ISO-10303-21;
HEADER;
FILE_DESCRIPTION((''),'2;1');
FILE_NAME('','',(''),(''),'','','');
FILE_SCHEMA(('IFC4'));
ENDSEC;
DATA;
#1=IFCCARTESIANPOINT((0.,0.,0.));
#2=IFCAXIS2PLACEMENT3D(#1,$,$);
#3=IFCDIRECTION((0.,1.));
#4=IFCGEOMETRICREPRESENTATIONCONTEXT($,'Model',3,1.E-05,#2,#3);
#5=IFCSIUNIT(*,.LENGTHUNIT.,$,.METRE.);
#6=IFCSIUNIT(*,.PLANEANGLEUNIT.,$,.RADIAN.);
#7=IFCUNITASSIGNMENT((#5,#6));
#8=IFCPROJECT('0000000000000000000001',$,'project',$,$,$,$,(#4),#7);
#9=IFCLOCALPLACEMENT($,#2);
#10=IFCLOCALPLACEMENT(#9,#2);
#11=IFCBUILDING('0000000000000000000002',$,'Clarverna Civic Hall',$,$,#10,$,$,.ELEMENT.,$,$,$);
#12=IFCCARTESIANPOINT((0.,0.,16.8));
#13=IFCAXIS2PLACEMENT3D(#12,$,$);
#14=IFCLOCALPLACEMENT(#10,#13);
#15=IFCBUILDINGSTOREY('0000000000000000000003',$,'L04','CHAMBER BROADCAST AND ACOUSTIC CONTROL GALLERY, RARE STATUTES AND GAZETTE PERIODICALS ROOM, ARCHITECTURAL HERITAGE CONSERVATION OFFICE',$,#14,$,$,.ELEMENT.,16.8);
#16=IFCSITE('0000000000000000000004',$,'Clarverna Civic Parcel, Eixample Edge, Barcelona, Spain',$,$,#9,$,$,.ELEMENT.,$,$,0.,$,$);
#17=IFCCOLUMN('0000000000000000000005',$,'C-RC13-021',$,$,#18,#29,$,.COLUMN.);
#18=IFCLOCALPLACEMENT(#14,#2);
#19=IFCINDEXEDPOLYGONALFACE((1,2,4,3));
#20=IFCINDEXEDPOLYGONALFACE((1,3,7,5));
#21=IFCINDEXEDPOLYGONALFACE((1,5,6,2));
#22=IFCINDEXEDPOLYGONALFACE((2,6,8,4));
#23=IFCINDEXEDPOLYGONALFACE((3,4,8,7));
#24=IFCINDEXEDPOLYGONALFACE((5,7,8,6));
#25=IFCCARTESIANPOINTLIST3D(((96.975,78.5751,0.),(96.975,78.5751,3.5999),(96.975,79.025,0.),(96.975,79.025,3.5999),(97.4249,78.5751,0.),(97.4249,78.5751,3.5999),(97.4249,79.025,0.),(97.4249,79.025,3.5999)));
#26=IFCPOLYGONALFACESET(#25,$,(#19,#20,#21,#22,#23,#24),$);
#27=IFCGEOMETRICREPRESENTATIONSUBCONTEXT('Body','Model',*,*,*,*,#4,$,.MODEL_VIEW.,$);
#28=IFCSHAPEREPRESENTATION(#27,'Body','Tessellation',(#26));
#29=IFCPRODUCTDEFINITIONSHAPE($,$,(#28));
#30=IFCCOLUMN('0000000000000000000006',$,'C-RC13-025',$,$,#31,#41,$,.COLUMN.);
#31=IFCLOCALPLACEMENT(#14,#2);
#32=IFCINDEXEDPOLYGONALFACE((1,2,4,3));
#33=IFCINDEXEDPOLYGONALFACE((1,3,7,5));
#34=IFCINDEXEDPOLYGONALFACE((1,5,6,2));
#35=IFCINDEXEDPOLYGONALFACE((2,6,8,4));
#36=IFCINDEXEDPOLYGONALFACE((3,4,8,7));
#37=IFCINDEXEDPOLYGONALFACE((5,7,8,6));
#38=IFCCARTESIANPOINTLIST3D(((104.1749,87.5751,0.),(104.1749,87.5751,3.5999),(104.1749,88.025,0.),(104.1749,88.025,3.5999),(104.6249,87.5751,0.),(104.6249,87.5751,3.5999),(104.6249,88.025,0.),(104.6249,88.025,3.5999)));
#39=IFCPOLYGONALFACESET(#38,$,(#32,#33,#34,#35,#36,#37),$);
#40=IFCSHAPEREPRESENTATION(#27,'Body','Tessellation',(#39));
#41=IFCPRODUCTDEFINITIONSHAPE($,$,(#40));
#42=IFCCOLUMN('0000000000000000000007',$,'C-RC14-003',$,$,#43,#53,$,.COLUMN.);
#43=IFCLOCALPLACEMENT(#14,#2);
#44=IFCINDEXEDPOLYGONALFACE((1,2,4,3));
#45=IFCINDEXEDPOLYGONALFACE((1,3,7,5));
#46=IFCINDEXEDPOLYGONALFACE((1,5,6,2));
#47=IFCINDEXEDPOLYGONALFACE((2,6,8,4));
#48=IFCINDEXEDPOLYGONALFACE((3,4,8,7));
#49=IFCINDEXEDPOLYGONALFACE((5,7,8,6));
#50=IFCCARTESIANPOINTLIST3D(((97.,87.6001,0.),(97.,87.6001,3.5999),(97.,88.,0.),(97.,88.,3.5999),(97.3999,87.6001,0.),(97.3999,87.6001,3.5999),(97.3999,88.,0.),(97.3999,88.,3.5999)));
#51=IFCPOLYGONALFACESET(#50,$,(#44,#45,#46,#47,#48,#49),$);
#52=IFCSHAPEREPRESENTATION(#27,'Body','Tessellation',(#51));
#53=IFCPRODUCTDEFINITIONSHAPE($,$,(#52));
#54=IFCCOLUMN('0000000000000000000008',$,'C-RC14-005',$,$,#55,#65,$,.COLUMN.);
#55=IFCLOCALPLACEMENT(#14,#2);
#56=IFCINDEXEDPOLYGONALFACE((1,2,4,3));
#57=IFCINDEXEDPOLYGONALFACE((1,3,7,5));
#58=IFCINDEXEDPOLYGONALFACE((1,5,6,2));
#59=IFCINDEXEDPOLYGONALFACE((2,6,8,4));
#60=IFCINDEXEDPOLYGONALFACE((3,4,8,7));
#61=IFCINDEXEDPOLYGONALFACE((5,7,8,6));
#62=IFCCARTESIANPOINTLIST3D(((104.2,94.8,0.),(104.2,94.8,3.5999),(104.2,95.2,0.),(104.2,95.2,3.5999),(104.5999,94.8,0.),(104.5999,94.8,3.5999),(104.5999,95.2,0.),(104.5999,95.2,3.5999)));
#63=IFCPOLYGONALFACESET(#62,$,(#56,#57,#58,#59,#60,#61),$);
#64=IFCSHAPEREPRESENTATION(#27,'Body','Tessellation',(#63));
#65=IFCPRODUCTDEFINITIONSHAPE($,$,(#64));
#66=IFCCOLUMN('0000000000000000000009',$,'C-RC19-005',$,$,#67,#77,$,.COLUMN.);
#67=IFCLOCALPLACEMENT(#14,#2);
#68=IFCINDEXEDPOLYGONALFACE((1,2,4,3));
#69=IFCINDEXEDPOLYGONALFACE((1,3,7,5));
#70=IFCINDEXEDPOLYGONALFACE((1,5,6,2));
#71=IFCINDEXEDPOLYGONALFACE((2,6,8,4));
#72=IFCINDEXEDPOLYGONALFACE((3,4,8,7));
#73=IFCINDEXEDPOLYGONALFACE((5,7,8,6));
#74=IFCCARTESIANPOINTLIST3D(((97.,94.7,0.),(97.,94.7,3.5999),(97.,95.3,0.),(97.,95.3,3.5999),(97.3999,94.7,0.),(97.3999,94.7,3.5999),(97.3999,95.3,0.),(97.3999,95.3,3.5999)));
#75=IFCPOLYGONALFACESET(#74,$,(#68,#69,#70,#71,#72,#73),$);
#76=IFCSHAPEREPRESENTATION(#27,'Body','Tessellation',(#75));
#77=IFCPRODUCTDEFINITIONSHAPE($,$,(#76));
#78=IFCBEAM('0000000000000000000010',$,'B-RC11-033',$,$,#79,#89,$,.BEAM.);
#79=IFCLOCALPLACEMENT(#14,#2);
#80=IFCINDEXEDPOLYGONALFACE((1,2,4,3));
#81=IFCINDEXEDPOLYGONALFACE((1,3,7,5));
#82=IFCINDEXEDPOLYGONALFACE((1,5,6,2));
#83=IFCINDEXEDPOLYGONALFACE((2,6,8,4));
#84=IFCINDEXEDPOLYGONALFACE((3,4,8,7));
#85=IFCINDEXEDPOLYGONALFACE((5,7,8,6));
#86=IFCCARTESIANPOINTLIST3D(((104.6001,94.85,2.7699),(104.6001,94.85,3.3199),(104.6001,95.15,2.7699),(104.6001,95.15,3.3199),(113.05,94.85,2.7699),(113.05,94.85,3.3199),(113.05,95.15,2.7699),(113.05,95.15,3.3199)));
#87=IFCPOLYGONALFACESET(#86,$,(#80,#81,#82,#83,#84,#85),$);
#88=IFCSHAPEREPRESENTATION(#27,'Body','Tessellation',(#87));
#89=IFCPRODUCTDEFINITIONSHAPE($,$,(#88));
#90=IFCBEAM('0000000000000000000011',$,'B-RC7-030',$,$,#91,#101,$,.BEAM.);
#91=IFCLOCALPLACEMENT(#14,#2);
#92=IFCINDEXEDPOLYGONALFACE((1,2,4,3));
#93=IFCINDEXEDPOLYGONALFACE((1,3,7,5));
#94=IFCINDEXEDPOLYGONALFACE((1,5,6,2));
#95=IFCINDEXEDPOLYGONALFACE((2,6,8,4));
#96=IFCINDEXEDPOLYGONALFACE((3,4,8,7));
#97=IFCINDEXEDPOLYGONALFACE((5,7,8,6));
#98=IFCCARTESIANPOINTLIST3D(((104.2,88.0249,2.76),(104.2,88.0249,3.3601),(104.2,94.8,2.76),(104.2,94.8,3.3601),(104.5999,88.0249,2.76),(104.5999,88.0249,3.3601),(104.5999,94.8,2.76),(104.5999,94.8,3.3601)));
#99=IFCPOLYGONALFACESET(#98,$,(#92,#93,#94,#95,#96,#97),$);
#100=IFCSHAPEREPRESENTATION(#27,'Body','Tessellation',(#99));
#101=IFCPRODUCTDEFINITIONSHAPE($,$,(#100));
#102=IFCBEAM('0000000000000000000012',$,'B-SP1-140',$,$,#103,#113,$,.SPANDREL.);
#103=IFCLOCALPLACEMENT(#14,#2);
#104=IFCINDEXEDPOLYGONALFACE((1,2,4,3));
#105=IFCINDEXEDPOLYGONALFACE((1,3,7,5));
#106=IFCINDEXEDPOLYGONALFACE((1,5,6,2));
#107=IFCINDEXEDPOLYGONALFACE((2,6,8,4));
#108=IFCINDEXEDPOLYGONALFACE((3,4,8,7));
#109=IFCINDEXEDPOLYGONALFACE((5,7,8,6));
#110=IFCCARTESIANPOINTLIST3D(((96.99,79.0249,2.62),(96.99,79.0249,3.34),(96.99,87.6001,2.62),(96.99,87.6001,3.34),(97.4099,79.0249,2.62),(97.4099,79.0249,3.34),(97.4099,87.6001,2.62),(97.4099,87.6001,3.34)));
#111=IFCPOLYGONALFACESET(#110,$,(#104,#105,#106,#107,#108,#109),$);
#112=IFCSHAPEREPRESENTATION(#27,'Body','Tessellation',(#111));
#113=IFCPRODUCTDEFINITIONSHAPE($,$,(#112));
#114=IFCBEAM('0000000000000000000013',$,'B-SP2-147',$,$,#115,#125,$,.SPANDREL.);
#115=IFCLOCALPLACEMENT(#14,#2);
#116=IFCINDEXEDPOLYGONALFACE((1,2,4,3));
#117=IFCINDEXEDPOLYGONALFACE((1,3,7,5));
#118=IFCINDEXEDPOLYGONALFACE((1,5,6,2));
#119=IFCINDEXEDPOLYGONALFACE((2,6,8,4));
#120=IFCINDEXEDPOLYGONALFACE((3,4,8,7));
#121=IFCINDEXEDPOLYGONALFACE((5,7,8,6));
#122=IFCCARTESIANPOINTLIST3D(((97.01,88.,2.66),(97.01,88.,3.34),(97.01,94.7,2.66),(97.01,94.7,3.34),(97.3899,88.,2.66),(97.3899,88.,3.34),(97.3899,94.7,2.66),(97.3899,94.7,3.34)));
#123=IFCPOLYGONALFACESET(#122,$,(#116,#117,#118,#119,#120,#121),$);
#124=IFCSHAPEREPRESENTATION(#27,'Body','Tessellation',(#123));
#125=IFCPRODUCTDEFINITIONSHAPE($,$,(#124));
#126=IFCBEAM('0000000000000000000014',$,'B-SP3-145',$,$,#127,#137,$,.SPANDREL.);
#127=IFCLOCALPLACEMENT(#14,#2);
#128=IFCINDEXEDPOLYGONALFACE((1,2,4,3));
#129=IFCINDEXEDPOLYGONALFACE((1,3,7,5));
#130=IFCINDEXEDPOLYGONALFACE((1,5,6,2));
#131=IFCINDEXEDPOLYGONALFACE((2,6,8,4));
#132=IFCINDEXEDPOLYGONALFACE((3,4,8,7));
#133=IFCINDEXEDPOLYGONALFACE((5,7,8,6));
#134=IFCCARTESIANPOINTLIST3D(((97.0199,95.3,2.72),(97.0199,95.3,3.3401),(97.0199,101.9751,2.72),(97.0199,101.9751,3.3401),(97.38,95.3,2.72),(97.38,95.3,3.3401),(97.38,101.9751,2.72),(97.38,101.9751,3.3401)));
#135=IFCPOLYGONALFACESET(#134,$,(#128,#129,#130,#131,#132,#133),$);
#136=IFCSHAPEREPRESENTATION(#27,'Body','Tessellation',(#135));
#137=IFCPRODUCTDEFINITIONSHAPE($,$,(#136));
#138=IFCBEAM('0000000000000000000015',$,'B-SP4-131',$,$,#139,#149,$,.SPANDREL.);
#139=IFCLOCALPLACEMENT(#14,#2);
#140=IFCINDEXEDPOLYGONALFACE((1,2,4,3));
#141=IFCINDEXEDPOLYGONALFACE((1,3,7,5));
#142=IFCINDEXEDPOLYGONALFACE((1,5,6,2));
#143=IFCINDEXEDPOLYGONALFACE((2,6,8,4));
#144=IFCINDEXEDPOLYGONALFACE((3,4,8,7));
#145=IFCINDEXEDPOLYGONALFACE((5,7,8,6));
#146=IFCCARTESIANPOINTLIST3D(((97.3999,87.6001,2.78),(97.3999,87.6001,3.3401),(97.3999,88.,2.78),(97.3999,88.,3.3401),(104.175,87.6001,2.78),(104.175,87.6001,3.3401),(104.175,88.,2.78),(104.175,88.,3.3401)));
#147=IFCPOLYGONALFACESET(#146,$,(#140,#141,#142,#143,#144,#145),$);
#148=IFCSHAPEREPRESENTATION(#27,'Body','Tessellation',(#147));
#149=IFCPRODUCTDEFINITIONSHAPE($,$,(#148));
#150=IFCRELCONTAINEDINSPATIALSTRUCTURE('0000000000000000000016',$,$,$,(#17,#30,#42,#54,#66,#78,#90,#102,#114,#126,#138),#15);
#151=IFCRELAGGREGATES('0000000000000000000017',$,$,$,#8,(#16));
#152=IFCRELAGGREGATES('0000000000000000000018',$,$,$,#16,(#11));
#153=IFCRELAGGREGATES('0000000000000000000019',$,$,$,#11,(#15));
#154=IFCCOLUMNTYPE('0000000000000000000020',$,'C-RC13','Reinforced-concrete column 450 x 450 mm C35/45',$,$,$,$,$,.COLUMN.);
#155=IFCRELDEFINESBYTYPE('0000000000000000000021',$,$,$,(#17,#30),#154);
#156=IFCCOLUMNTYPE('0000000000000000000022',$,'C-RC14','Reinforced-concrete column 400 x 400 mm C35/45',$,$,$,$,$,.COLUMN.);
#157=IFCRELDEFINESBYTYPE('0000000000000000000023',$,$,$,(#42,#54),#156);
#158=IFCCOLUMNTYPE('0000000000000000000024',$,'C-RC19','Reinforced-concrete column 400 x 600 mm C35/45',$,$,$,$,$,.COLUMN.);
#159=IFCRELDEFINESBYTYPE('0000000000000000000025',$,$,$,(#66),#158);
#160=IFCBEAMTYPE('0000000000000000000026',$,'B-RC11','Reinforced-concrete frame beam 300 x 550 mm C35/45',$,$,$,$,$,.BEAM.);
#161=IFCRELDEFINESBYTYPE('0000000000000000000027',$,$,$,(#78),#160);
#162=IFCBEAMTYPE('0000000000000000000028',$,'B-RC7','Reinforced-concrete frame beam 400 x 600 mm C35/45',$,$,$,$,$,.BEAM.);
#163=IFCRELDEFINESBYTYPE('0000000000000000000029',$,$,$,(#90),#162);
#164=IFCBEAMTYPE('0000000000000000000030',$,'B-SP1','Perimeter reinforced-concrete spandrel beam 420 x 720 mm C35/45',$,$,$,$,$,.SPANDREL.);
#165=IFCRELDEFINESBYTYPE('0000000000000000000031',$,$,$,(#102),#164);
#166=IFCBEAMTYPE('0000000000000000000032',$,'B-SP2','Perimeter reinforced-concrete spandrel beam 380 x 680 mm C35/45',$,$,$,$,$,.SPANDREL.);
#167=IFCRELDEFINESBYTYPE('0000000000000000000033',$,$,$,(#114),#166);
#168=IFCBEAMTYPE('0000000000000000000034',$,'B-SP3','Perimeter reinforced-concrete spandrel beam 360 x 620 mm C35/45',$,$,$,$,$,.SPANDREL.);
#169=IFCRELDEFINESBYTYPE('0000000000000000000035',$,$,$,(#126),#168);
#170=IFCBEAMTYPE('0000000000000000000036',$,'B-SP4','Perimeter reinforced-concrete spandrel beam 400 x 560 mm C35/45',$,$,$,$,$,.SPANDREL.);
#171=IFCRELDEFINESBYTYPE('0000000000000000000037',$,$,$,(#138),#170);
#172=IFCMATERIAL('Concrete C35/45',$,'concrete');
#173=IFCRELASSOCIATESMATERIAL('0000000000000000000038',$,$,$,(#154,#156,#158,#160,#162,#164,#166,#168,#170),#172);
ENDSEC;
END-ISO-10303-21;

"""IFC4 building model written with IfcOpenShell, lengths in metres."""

from ifc_helpers import new_model, si_unit, direction, frame, origin, origin_2d, place, context, subcontext, project, spatial, rectangle, extrude, material, material_profile, profile_set, type_object, element, save


model = new_model("IFC4")

# Units and contexts
model_context = context("Model", 3, precision=1e-05, world=origin(), true_north=direction((0.0, 1.0)))
body_context = subcontext(model_context, "Body", "Model", "MODEL_VIEW")
ifc_project = project(units=[si_unit("LENGTHUNIT", "METRE"), si_unit("PLANEANGLEUNIT", "RADIAN")], contexts=[model_context])

# Site, building, storey
site_placement = place(None, origin())
site = spatial("IfcSite", under=ifc_project, at=site_placement, Name="Clarverna Civic Parcel, Eixample Edge, Barcelona, Spain", CompositionType="ELEMENT", RefElevation=0.0)
building_placement = place(site_placement, origin())
building = spatial("IfcBuilding", under=site, at=building_placement, Name="Clarverna Civic Hall", CompositionType="ELEMENT")
storey_placement = place(building_placement, frame((0.0, 0.0, 16.8)))
storey = spatial("IfcBuildingStorey", under=building, at=storey_placement, Name="L04", Description="CHAMBER BROADCAST AND ACOUSTIC CONTROL GALLERY, RARE STATUTES AND GAZETTE PERIODICALS ROOM, ARCHITECTURAL HERITAGE CONSERVATION OFFICE", CompositionType="ELEMENT", Elevation=16.8)

# Columns
ifc_material_1 = material(Name="Concrete C35/45", Category="concrete")
ifc_material_profile_1 = material_profile(ifc_material_1, rectangle(XDim=0.45, YDim=0.45, at=origin_2d()), Name="RC 450x450")
ifc_profile_set_1 = profile_set([ifc_material_profile_1], Name="Concrete C35/45")
column_type_1 = type_object("IfcColumnType", Name="C-RC13", Description="Reinforced-concrete column 450 x 450 mm C35/45", PredefinedType="COLUMN", material=ifc_profile_set_1)
for number, where, z_axis, x_axis, name in (
    (1, (97.2, 78.8, 0.0), (0.0, 0.0, 1.0), (1.0, 0.0, 0.0), "C-RC13-021"),
    (2, (104.3999, 87.8, 0.0), (0.0, 0.0, 1.0), (1.0, 0.0, 0.0), "C-RC13-025"),
):
    element("IfcColumn", number, at=place(storey_placement, frame(where, z_axis=z_axis, x_axis=x_axis)), inside=storey, type_object=column_type_1, Name=name, PredefinedType="COLUMN", context=body_context, shape_type="SweptSolid", body=[
        extrude(rectangle(XDim=0.45, YDim=0.45, at=origin_2d()), origin(), (0.0, 0.0, 1.0), 3.5999),
    ])
ifc_material_profile_2 = material_profile(ifc_material_1, rectangle(XDim=0.3999, YDim=0.3999, at=origin_2d()), Name="RC 400x400")
ifc_profile_set_2 = profile_set([ifc_material_profile_2], Name="Concrete C35/45")
column_type_2 = type_object("IfcColumnType", Name="C-RC14", Description="Reinforced-concrete column 400 x 400 mm C35/45", PredefinedType="COLUMN", material=ifc_profile_set_2)
for number, where, z_axis, x_axis, name in (
    (3, (97.2, 87.8, 0.0), (0.0, 0.0, 1.0), (1.0, 0.0, 0.0), "C-RC14-003"),
    (4, (104.3999, 95.0, 0.0), (0.0, 0.0, 1.0), (1.0, 0.0, 0.0), "C-RC14-005"),
):
    element("IfcColumn", number, at=place(storey_placement, frame(where, z_axis=z_axis, x_axis=x_axis)), inside=storey, type_object=column_type_2, Name=name, PredefinedType="COLUMN", context=body_context, shape_type="SweptSolid", body=[
        extrude(rectangle(XDim=0.3999, YDim=0.3999, at=origin_2d()), origin(), (0.0, 0.0, 1.0), 3.5999),
    ])
ifc_material_profile_3 = material_profile(ifc_material_1, rectangle(XDim=0.3999, YDim=0.6001, at=origin_2d()), Name="RC 400x600")
ifc_profile_set_3 = profile_set([ifc_material_profile_3], Name="Concrete C35/45")
column_type_3 = type_object("IfcColumnType", Name="C-RC19", Description="Reinforced-concrete column 400 x 600 mm C35/45", PredefinedType="COLUMN", material=ifc_profile_set_3)
column_placement = place(storey_placement, frame((97.2, 95.0, 0.0), z_axis=(0.0, 0.0, 1.0), x_axis=(1.0, 0.0, 0.0)))
element("IfcColumn", 5, at=column_placement, inside=storey, type_object=column_type_3, Name="C-RC19-005", PredefinedType="COLUMN", context=body_context, shape_type="SweptSolid", body=[
    extrude(rectangle(XDim=0.3999, YDim=0.6001, at=origin_2d()), origin(), (0.0, 0.0, 1.0), 3.5999),
])

# Beams
ifc_material_profile_4 = material_profile(ifc_material_1, rectangle(XDim=0.3, YDim=0.55, at=origin_2d()), Name="RC 300x550")
ifc_profile_set_4 = profile_set([ifc_material_profile_4], Name="Concrete C35/45")
beam_type_1 = type_object("IfcBeamType", Name="B-RC11", Description="Reinforced-concrete frame beam 300 x 550 mm C35/45", PredefinedType="BEAM", material=ifc_profile_set_4)
beam_1_placement = place(storey_placement, frame((104.6001, 95.0, 3.0449), z_axis=(1.0, 0.0, 0.0), x_axis=(0.0, 1.0, 0.0)))
element("IfcBeam", 6, at=beam_1_placement, inside=storey, type_object=beam_type_1, Name="B-RC11-033", PredefinedType="BEAM", context=body_context, shape_type="SweptSolid", body=[
    extrude(rectangle(XDim=0.3, YDim=0.55, at=origin_2d()), origin(), (0.0, 0.0, 1.0), 8.45),
])
ifc_material_profile_5 = material_profile(ifc_material_1, rectangle(XDim=0.3999, YDim=0.6001, at=origin_2d()), Name="RC 400x600")
ifc_profile_set_5 = profile_set([ifc_material_profile_5], Name="Concrete C35/45")
beam_type_2 = type_object("IfcBeamType", Name="B-RC7", Description="Reinforced-concrete frame beam 400 x 600 mm C35/45", PredefinedType="BEAM", material=ifc_profile_set_5)
beam_2_placement = place(storey_placement, frame((104.3999, 88.0249, 3.0601), z_axis=(0.0, 1.0, 0.0), x_axis=(-1.0, 0.0, 0.0)))
element("IfcBeam", 7, at=beam_2_placement, inside=storey, type_object=beam_type_2, Name="B-RC7-030", PredefinedType="BEAM", context=body_context, shape_type="SweptSolid", body=[
    extrude(rectangle(XDim=0.3999, YDim=0.6001, at=origin_2d()), origin(), (0.0, 0.0, 1.0), 6.7751),
])
ifc_material_profile_6 = material_profile(ifc_material_1, rectangle(XDim=0.4199, YDim=0.72, at=origin_2d()), Name="RC 420x720")
ifc_profile_set_6 = profile_set([ifc_material_profile_6], Name="Concrete C35/45")
beam_type_3 = type_object("IfcBeamType", Name="B-SP1", Description="Perimeter reinforced-concrete spandrel beam 420 x 720 mm C35/45", PredefinedType="SPANDREL", material=ifc_profile_set_6)
beam_3_placement = place(storey_placement, frame((97.2, 79.0249, 2.98), z_axis=(0.0, 1.0, 0.0), x_axis=(-1.0, 0.0, 0.0)))
element("IfcBeam", 8, at=beam_3_placement, inside=storey, type_object=beam_type_3, Name="B-SP1-140", PredefinedType="SPANDREL", context=body_context, shape_type="SweptSolid", body=[
    extrude(rectangle(XDim=0.4199, YDim=0.72, at=origin_2d()), origin(), (0.0, 0.0, 1.0), 8.5752),
])
ifc_material_profile_7 = material_profile(ifc_material_1, rectangle(XDim=0.3799, YDim=0.6799, at=origin_2d()), Name="RC 380x680")
ifc_profile_set_7 = profile_set([ifc_material_profile_7], Name="Concrete C35/45")
beam_type_4 = type_object("IfcBeamType", Name="B-SP2", Description="Perimeter reinforced-concrete spandrel beam 380 x 680 mm C35/45", PredefinedType="SPANDREL", material=ifc_profile_set_7)
beam_4_placement = place(storey_placement, frame((97.2, 88.0, 3.0), z_axis=(0.0, 1.0, 0.0), x_axis=(-1.0, 0.0, 0.0)))
element("IfcBeam", 9, at=beam_4_placement, inside=storey, type_object=beam_type_4, Name="B-SP2-147", PredefinedType="SPANDREL", context=body_context, shape_type="SweptSolid", body=[
    extrude(rectangle(XDim=0.3799, YDim=0.6799, at=origin_2d()), origin(), (0.0, 0.0, 1.0), 6.7),
])
ifc_material_profile_8 = material_profile(ifc_material_1, rectangle(XDim=0.3601, YDim=0.6201, at=origin_2d()), Name="RC 360x620")
ifc_profile_set_8 = profile_set([ifc_material_profile_8], Name="Concrete C35/45")
beam_type_5 = type_object("IfcBeamType", Name="B-SP3", Description="Perimeter reinforced-concrete spandrel beam 360 x 620 mm C35/45", PredefinedType="SPANDREL", material=ifc_profile_set_8)
beam_5_placement = place(storey_placement, frame((97.2, 95.3, 3.03), z_axis=(0.0, 1.0, 0.0), x_axis=(-1.0, 0.0, 0.0)))
element("IfcBeam", 10, at=beam_5_placement, inside=storey, type_object=beam_type_5, Name="B-SP3-145", PredefinedType="SPANDREL", context=body_context, shape_type="SweptSolid", body=[
    extrude(rectangle(XDim=0.3601, YDim=0.6201, at=origin_2d()), origin(), (0.0, 0.0, 1.0), 6.675),
])
ifc_material_profile_9 = material_profile(ifc_material_1, rectangle(XDim=0.3999, YDim=0.5601, at=origin_2d()), Name="RC 400x560")
ifc_profile_set_9 = profile_set([ifc_material_profile_9], Name="Concrete C35/45")
beam_type_6 = type_object("IfcBeamType", Name="B-SP4", Description="Perimeter reinforced-concrete spandrel beam 400 x 560 mm C35/45", PredefinedType="SPANDREL", material=ifc_profile_set_9)
beam_6_placement = place(storey_placement, frame((97.3999, 87.8, 3.0601), z_axis=(1.0, 0.0, 0.0), x_axis=(0.0, 1.0, 0.0)))
element("IfcBeam", 11, at=beam_6_placement, inside=storey, type_object=beam_type_6, Name="B-SP4-131", PredefinedType="SPANDREL", context=body_context, shape_type="SweptSolid", body=[
    extrude(rectangle(XDim=0.3999, YDim=0.5601, at=origin_2d()), origin(), (0.0, 0.0, 1.0), 6.7751),
])

save(model, "model.ifc")
